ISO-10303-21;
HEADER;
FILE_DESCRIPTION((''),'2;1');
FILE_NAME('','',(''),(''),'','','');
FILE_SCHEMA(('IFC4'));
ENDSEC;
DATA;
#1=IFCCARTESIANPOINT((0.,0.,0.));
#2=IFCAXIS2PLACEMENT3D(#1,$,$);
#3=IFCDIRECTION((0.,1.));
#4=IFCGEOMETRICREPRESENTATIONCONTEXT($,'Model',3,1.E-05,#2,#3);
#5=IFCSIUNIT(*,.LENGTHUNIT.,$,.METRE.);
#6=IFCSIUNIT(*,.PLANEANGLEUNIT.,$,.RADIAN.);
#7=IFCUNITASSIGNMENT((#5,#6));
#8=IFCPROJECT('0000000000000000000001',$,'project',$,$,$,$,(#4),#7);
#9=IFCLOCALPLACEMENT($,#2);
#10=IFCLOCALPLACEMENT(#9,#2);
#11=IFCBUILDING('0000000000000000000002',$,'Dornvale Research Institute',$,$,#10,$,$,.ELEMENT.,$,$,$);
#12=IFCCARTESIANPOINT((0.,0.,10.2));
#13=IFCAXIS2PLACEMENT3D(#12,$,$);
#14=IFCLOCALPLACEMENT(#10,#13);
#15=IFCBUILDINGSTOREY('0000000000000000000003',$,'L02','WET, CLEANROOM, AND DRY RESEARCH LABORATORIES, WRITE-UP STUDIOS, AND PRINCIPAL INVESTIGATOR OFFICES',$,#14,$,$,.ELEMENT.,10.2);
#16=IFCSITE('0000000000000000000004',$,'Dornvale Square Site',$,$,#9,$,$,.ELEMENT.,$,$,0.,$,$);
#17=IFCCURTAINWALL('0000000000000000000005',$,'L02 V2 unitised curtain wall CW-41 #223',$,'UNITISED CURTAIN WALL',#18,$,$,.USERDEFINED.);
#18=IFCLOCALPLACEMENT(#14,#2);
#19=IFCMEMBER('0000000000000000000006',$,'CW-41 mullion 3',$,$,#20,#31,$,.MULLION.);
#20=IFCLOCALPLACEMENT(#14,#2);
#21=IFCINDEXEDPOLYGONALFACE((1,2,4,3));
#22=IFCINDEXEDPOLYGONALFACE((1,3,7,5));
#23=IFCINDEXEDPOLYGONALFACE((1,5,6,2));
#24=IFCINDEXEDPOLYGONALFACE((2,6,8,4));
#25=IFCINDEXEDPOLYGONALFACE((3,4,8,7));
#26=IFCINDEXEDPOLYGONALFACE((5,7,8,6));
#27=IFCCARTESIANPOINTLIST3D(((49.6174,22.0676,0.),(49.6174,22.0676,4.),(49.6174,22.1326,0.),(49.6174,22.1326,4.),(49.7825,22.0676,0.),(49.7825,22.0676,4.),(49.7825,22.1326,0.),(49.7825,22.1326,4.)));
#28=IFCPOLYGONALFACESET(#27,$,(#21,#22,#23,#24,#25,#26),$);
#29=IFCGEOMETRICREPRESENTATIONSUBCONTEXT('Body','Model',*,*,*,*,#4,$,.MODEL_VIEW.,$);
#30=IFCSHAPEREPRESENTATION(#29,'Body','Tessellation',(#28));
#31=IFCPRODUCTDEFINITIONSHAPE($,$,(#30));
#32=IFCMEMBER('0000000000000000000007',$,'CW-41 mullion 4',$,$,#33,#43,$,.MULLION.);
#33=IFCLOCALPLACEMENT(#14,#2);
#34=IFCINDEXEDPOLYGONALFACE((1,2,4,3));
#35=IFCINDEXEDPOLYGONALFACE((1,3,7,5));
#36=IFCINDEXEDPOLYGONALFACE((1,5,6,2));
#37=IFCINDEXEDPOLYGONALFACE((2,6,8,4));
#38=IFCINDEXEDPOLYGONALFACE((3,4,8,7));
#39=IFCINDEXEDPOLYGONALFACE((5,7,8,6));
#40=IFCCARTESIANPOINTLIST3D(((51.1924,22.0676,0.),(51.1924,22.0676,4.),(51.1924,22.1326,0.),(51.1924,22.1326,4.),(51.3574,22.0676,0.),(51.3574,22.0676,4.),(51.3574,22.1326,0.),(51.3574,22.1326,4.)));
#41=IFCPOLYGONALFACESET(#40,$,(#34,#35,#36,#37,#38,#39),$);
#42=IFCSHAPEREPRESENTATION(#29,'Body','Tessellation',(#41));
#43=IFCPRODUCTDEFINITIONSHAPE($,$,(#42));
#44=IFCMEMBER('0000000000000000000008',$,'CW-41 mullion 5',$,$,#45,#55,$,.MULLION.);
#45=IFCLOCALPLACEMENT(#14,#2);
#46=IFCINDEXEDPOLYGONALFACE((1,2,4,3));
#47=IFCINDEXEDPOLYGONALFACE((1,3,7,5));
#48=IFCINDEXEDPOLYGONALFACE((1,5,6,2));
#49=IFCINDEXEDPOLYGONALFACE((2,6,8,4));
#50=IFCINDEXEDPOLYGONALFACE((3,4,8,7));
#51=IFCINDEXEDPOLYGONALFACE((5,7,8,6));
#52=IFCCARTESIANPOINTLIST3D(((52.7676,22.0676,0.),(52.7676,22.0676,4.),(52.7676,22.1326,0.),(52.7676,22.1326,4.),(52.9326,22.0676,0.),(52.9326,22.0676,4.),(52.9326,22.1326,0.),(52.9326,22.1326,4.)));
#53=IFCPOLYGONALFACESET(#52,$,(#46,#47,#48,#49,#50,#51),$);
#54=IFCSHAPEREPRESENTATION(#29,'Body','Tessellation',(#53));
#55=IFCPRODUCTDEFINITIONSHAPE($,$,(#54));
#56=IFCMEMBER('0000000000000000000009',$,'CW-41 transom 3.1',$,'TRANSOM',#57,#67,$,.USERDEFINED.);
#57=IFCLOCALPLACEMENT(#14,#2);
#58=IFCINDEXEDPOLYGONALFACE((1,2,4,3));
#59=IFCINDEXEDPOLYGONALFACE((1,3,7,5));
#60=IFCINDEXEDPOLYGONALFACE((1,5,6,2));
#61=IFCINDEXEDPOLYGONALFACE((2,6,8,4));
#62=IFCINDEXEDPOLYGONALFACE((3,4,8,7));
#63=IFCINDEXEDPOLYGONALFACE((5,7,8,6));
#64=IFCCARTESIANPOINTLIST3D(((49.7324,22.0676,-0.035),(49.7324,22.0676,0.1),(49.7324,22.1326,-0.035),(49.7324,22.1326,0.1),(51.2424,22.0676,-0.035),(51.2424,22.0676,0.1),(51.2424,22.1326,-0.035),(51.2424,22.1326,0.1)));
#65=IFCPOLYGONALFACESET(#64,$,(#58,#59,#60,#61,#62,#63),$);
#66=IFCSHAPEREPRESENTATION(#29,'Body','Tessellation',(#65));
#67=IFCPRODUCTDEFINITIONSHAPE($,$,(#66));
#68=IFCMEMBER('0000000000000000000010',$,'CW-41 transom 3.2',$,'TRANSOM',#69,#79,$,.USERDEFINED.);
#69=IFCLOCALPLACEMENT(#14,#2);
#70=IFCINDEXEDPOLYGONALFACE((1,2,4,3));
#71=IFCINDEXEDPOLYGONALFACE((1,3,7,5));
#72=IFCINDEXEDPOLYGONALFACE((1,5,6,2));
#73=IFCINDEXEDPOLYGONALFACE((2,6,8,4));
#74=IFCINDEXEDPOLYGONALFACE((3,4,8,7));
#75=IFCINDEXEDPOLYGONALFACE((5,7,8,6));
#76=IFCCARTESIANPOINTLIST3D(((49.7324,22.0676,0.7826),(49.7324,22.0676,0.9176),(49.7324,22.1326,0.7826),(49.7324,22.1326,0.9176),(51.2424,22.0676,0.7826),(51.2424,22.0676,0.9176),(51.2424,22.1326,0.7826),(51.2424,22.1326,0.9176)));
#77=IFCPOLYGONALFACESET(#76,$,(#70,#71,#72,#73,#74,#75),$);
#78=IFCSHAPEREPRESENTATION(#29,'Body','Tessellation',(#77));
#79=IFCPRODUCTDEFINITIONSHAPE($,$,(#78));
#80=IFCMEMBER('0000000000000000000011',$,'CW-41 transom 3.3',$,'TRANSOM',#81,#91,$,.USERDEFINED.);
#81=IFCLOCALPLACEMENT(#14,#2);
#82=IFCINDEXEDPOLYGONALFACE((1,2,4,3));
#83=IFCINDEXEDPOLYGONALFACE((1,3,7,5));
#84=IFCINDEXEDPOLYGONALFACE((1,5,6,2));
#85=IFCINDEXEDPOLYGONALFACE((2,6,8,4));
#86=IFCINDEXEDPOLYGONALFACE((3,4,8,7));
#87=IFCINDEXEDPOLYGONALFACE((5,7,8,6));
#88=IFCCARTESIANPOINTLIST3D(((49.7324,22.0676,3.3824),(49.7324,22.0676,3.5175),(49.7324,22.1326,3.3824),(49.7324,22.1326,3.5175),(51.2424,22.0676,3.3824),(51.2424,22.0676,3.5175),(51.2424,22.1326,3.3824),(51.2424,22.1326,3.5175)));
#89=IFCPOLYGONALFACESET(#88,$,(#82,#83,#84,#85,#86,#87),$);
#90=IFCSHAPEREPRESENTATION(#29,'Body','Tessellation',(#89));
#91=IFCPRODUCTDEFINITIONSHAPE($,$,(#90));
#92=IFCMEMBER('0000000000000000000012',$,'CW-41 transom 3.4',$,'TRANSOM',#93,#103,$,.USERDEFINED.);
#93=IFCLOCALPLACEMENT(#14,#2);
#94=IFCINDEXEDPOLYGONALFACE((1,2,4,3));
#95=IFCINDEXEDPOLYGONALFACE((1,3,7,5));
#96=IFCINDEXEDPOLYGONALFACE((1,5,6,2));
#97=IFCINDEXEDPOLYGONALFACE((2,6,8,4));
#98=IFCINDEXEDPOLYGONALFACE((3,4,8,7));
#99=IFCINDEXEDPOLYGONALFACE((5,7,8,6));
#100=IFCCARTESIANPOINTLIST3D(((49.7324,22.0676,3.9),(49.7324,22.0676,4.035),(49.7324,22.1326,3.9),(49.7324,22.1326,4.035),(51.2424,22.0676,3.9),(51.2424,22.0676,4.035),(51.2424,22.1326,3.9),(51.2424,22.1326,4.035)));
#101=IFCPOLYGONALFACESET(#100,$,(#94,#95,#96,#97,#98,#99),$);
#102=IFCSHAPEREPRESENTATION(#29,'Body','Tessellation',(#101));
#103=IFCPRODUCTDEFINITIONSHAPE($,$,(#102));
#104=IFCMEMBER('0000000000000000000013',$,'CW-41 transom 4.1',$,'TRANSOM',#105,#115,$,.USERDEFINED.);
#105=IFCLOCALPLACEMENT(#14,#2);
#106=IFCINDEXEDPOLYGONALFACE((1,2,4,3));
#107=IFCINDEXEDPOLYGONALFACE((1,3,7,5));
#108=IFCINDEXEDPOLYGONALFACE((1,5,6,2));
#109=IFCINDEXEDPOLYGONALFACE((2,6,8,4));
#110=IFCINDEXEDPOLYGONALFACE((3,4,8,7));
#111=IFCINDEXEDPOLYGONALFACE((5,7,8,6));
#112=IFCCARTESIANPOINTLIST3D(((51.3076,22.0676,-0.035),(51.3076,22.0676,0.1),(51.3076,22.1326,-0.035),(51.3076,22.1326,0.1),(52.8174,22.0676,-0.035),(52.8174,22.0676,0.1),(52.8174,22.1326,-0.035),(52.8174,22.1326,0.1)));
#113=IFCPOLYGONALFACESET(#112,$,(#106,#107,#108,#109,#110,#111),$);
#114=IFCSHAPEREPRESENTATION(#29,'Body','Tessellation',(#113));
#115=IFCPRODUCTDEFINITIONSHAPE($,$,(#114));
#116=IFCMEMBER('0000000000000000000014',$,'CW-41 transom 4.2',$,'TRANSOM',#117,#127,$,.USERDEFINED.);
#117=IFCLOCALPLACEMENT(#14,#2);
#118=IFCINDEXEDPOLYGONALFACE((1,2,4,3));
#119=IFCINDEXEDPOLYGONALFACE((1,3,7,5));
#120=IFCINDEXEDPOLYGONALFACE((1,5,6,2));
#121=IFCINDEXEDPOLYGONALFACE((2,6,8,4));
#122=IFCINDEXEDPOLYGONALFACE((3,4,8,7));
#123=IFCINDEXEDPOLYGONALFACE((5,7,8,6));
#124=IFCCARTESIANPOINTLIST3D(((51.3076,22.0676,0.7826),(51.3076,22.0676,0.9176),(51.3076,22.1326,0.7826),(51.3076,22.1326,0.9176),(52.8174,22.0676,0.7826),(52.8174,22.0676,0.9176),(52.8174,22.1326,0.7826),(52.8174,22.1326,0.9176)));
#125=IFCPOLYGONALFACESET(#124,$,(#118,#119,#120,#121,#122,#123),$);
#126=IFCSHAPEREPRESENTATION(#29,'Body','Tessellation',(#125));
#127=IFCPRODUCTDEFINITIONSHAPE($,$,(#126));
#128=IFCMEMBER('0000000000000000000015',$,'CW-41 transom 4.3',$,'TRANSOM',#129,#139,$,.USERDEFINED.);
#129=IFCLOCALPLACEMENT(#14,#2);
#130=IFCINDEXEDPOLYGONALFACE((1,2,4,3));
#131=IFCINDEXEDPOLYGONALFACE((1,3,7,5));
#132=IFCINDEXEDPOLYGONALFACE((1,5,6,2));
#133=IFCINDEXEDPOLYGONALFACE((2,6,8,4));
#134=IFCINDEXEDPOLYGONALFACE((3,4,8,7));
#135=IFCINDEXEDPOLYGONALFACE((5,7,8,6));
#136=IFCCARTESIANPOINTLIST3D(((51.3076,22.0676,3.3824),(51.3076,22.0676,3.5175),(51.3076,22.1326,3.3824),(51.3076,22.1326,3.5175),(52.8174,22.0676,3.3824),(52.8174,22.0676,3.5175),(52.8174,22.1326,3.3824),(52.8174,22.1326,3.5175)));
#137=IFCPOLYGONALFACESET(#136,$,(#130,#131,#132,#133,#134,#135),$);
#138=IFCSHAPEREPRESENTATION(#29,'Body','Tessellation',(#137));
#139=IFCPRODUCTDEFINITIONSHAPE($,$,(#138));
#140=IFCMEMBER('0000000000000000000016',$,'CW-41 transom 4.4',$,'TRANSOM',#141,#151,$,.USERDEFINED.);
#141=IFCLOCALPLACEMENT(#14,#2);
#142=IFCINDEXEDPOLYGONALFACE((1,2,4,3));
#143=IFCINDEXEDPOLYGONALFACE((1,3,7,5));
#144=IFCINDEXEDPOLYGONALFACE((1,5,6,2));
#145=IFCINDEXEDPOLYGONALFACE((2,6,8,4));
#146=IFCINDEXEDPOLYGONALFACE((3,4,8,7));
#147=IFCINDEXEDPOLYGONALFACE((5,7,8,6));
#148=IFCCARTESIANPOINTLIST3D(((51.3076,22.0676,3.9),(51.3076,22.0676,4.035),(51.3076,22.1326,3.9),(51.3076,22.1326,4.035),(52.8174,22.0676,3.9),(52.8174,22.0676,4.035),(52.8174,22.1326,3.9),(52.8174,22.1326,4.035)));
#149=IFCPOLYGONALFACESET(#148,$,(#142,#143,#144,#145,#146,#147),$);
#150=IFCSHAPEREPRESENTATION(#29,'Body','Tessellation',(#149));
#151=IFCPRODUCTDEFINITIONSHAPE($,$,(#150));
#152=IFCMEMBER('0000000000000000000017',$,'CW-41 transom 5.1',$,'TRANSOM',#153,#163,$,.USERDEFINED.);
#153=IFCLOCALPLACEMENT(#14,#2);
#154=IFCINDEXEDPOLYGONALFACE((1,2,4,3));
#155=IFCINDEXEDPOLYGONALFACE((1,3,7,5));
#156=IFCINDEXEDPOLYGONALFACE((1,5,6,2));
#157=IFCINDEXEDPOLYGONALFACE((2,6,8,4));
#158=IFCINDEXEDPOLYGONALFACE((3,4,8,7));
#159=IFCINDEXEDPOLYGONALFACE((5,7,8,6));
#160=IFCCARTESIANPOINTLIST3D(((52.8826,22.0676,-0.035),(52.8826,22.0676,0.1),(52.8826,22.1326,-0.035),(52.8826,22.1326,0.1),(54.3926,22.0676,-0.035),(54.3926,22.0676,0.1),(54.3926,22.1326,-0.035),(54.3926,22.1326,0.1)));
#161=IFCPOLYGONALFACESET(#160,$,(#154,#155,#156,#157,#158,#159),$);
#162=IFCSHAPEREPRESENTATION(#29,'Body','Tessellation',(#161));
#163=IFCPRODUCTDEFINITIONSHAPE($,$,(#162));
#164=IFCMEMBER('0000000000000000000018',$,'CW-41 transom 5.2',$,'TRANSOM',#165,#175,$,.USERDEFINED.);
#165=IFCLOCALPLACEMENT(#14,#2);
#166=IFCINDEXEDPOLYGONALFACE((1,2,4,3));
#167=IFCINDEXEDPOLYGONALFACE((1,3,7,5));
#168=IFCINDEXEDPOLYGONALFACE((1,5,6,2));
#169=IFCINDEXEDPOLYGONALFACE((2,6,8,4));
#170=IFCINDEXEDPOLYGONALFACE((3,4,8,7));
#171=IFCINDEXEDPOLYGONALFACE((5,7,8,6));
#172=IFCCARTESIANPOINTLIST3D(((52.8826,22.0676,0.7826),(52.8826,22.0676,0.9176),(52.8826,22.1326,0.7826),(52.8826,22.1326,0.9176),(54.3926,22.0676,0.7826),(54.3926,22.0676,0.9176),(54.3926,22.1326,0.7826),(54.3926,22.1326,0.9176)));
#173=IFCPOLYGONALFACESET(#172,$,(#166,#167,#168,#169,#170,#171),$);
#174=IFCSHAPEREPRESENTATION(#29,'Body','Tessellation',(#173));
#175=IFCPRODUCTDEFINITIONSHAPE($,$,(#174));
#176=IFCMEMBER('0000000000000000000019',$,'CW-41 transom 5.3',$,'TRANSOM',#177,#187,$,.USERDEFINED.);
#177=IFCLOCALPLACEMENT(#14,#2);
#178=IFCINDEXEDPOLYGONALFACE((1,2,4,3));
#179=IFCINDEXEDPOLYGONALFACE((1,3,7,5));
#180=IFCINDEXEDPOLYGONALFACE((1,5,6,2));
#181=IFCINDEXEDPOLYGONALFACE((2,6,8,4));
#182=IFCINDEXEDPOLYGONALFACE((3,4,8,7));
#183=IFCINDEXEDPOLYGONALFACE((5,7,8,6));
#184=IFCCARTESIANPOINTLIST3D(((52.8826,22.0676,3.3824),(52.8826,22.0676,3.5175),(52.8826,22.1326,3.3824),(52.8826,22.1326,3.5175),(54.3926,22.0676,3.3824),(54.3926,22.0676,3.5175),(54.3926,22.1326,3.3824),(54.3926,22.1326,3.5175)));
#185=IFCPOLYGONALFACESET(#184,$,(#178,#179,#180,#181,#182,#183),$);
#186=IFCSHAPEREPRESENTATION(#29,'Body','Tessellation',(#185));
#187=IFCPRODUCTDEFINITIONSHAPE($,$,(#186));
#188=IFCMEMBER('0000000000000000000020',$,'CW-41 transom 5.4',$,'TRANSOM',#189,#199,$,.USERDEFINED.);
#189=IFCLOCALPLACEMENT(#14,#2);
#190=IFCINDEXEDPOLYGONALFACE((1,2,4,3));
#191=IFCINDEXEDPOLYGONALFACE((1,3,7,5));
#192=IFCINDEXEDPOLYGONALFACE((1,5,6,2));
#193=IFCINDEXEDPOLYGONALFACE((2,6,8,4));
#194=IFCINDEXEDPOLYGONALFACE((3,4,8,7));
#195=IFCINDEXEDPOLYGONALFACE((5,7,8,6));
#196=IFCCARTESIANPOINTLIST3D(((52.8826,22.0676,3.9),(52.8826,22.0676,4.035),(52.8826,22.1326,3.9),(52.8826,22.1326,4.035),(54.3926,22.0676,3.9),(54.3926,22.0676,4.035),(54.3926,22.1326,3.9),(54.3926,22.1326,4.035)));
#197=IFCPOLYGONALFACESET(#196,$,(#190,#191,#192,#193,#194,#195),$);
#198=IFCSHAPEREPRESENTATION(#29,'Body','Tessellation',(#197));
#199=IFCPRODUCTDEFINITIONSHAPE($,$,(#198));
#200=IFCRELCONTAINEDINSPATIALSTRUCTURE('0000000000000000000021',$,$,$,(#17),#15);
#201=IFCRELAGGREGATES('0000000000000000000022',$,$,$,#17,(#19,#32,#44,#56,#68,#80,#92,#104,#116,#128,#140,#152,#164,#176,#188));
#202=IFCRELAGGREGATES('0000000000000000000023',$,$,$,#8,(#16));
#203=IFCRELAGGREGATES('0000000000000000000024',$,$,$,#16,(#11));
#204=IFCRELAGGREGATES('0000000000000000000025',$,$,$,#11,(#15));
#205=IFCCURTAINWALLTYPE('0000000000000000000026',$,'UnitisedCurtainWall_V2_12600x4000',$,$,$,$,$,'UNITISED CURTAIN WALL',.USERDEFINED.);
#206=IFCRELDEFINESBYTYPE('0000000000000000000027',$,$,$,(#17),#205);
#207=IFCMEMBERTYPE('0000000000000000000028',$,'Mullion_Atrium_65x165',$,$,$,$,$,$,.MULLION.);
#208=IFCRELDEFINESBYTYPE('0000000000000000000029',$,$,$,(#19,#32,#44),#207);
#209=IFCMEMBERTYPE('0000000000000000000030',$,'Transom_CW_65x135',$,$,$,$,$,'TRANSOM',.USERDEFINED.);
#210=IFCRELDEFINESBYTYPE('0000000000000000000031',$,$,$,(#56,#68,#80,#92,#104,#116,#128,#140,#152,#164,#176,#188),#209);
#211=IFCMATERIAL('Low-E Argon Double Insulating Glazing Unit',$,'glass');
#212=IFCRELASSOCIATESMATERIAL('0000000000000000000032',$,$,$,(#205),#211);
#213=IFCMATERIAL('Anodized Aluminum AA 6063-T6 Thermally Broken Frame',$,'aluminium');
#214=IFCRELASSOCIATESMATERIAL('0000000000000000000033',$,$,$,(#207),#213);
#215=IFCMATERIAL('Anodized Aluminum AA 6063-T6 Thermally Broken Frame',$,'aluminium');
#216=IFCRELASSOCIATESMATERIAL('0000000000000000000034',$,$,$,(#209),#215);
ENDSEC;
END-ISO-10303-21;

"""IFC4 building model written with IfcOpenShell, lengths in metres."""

from ifc_helpers import new_model, si_unit, direction, frame, origin, origin_2d, place, context, subcontext, project, spatial, rectangle, extrude, material, material_profile, profile_set, type_object, element, aggregate, save


model = new_model("IFC4")

# Units and contexts
model_context = context("Model", 3, precision=1e-05, world=origin(), true_north=direction((0.0, 1.0)))
body_context = subcontext(model_context, "Body", "Model", "MODEL_VIEW")
ifc_project = project(units=[si_unit("LENGTHUNIT", "METRE"), si_unit("PLANEANGLEUNIT", "RADIAN")], contexts=[model_context])

# Site, building, storey
site_placement = place(None, origin())
site = spatial("IfcSite", under=ifc_project, at=site_placement, Name="Dornvale Square Site", CompositionType="ELEMENT", RefElevation=0.0)
building_placement = place(site_placement, origin())
building = spatial("IfcBuilding", under=site, at=building_placement, Name="Dornvale Research Institute", CompositionType="ELEMENT")
storey_placement = place(building_placement, frame((0.0, 0.0, 10.2)))
storey = spatial("IfcBuildingStorey", under=building, at=storey_placement, Name="L02", Description="WET, CLEANROOM, AND DRY RESEARCH LABORATORIES, WRITE-UP STUDIOS, AND PRINCIPAL INVESTIGATOR OFFICES", CompositionType="ELEMENT", Elevation=10.2)

# Curtain wall, members
ifc_material_1 = material(Name="Low-E Argon Double Insulating Glazing Unit", Category="glass")
curtain_wall_type = type_object("IfcCurtainWallType", Name="UnitisedCurtainWall_V2_12600x4000", ElementType="UNITISED CURTAIN WALL", PredefinedType="USERDEFINED", material=ifc_material_1)
curtain_wall_placement = place(storey_placement, origin())
curtain_wall = element("IfcCurtainWall", 1, at=curtain_wall_placement, inside=storey, type_object=curtain_wall_type, Name="L02 V2 unitised curtain wall CW-41 #223", ObjectType="UNITISED CURTAIN WALL", PredefinedType="USERDEFINED")
ifc_material_2 = material(Name="Anodized Aluminum AA 6063-T6 Thermally Broken Frame", Category="aluminium")
ifc_material_profile_1 = material_profile(ifc_material_2, rectangle(XDim=0.0649, YDim=0.165, at=origin_2d()), Name="ALU MULLION 65x165")
ifc_profile_set_1 = profile_set([ifc_material_profile_1], Name="Anodized Aluminum AA 6063-T6 Thermally Broken Frame")
member_type_1 = type_object("IfcMemberType", Name="Mullion_Atrium_65x165", PredefinedType="MULLION", material=ifc_profile_set_1)
member_1_placement = place(storey_placement, frame((49.7, 22.1001, 0.0), z_axis=(0.0, 0.0, 1.0), x_axis=(0.0, 1.0, 0.0)))
member_1 = element("IfcMember", 2, at=member_1_placement, type_object=member_type_1, Name="CW-41 mullion 3", PredefinedType="MULLION", context=body_context, shape_type="SweptSolid", body=[
    extrude(rectangle(XDim=0.0649, YDim=0.165, at=origin_2d()), origin(), (0.0, 0.0, 1.0), 4.0),
])
member_2_placement = place(storey_placement, frame((51.2749, 22.1001, 0.0), z_axis=(0.0, 0.0, 1.0), x_axis=(0.0, 1.0, 0.0)))
member_2 = element("IfcMember", 3, at=member_2_placement, type_object=member_type_1, Name="CW-41 mullion 4", PredefinedType="MULLION", context=body_context, shape_type="SweptSolid", body=[
    extrude(rectangle(XDim=0.0649, YDim=0.165, at=origin_2d()), origin(), (0.0, 0.0, 1.0), 4.0),
])
member_3_placement = place(storey_placement, frame((52.8501, 22.1001, 0.0), z_axis=(0.0, 0.0, 1.0), x_axis=(0.0, 1.0, 0.0)))
member_3 = element("IfcMember", 4, at=member_3_placement, type_object=member_type_1, Name="CW-41 mullion 5", PredefinedType="MULLION", context=body_context, shape_type="SweptSolid", body=[
    extrude(rectangle(XDim=0.0649, YDim=0.165, at=origin_2d()), origin(), (0.0, 0.0, 1.0), 4.0),
])
ifc_material_3 = material(Name="Anodized Aluminum AA 6063-T6 Thermally Broken Frame", Category="aluminium")
ifc_material_profile_2 = material_profile(ifc_material_3, rectangle(XDim=0.0649, YDim=0.135, at=origin_2d()), Name="ALU TRANSOM 65x135")
ifc_profile_set_2 = profile_set([ifc_material_profile_2], Name="Anodized Aluminum AA 6063-T6 Thermally Broken Frame")
member_type_2 = type_object("IfcMemberType", Name="Transom_CW_65x135", ElementType="TRANSOM", PredefinedType="USERDEFINED", material=ifc_profile_set_2)
member_4_placement = place(storey_placement, frame((49.7324, 22.1001, 0.0325), z_axis=(1.0, 0.0, 0.0), x_axis=(0.0, 1.0, 0.0)))
member_4 = element("IfcMember", 5, at=member_4_placement, type_object=member_type_2, Name="CW-41 transom 3.1", ObjectType="TRANSOM", PredefinedType="USERDEFINED", context=body_context, shape_type="SweptSolid", body=[
    extrude(rectangle(XDim=0.0649, YDim=0.135, at=origin_2d()), origin(), (0.0, 0.0, 1.0), 1.51),
])
member_5_placement = place(storey_placement, frame((49.7324, 22.1001, 0.8501), z_axis=(1.0, 0.0, 0.0), x_axis=(0.0, 1.0, 0.0)))
member_5 = element("IfcMember", 6, at=member_5_placement, type_object=member_type_2, Name="CW-41 transom 3.2", ObjectType="TRANSOM", PredefinedType="USERDEFINED", context=body_context, shape_type="SweptSolid", body=[
    extrude(rectangle(XDim=0.0649, YDim=0.135, at=origin_2d()), origin(), (0.0, 0.0, 1.0), 1.51),
])
member_6_placement = place(storey_placement, frame((49.7324, 22.1001, 3.45), z_axis=(1.0, 0.0, 0.0), x_axis=(0.0, 1.0, 0.0)))
member_6 = element("IfcMember", 7, at=member_6_placement, type_object=member_type_2, Name="CW-41 transom 3.3", ObjectType="TRANSOM", PredefinedType="USERDEFINED", context=body_context, shape_type="SweptSolid", body=[
    extrude(rectangle(XDim=0.0649, YDim=0.135, at=origin_2d()), origin(), (0.0, 0.0, 1.0), 1.51),
])
member_7_placement = place(storey_placement, frame((49.7324, 22.1001, 3.9675), z_axis=(1.0, 0.0, 0.0), x_axis=(0.0, 1.0, 0.0)))
member_7 = element("IfcMember", 8, at=member_7_placement, type_object=member_type_2, Name="CW-41 transom 3.4", ObjectType="TRANSOM", PredefinedType="USERDEFINED", context=body_context, shape_type="SweptSolid", body=[
    extrude(rectangle(XDim=0.0649, YDim=0.135, at=origin_2d()), origin(), (0.0, 0.0, 1.0), 1.51),
])
member_8_placement = place(storey_placement, frame((51.3076, 22.1001, 0.0325), z_axis=(1.0, 0.0, 0.0), x_axis=(0.0, 1.0, 0.0)))
member_8 = element("IfcMember", 9, at=member_8_placement, type_object=member_type_2, Name="CW-41 transom 4.1", ObjectType="TRANSOM", PredefinedType="USERDEFINED", context=body_context, shape_type="SweptSolid", body=[
    extrude(rectangle(XDim=0.0649, YDim=0.135, at=origin_2d()), origin(), (0.0, 0.0, 1.0), 1.5098),
])
member_9_placement = place(storey_placement, frame((51.3076, 22.1001, 0.8501), z_axis=(1.0, 0.0, 0.0), x_axis=(0.0, 1.0, 0.0)))
member_9 = element("IfcMember", 10, at=member_9_placement, type_object=member_type_2, Name="CW-41 transom 4.2", ObjectType="TRANSOM", PredefinedType="USERDEFINED", context=body_context, shape_type="SweptSolid", body=[
    extrude(rectangle(XDim=0.0649, YDim=0.135, at=origin_2d()), origin(), (0.0, 0.0, 1.0), 1.5098),
])
member_10_placement = place(storey_placement, frame((51.3076, 22.1001, 3.45), z_axis=(1.0, 0.0, 0.0), x_axis=(0.0, 1.0, 0.0)))
member_10 = element("IfcMember", 11, at=member_10_placement, type_object=member_type_2, Name="CW-41 transom 4.3", ObjectType="TRANSOM", PredefinedType="USERDEFINED", context=body_context, shape_type="SweptSolid", body=[
    extrude(rectangle(XDim=0.0649, YDim=0.135, at=origin_2d()), origin(), (0.0, 0.0, 1.0), 1.5098),
])
member_11_placement = place(storey_placement, frame((51.3076, 22.1001, 3.9675), z_axis=(1.0, 0.0, 0.0), x_axis=(0.0, 1.0, 0.0)))
member_11 = element("IfcMember", 12, at=member_11_placement, type_object=member_type_2, Name="CW-41 transom 4.4", ObjectType="TRANSOM", PredefinedType="USERDEFINED", context=body_context, shape_type="SweptSolid", body=[
    extrude(rectangle(XDim=0.0649, YDim=0.135, at=origin_2d()), origin(), (0.0, 0.0, 1.0), 1.5098),
])
member_12_placement = place(storey_placement, frame((52.8826, 22.1001, 0.0325), z_axis=(1.0, 0.0, 0.0), x_axis=(0.0, 1.0, 0.0)))
member_12 = element("IfcMember", 13, at=member_12_placement, type_object=member_type_2, Name="CW-41 transom 5.1", ObjectType="TRANSOM", PredefinedType="USERDEFINED", context=body_context, shape_type="SweptSolid", body=[
    extrude(rectangle(XDim=0.0649, YDim=0.135, at=origin_2d()), origin(), (0.0, 0.0, 1.0), 1.51),
])
member_13_placement = place(storey_placement, frame((52.8826, 22.1001, 0.8501), z_axis=(1.0, 0.0, 0.0), x_axis=(0.0, 1.0, 0.0)))
member_13 = element("IfcMember", 14, at=member_13_placement, type_object=member_type_2, Name="CW-41 transom 5.2", ObjectType="TRANSOM", PredefinedType="USERDEFINED", context=body_context, shape_type="SweptSolid", body=[
    extrude(rectangle(XDim=0.0649, YDim=0.135, at=origin_2d()), origin(), (0.0, 0.0, 1.0), 1.51),
])
member_14_placement = place(storey_placement, frame((52.8826, 22.1001, 3.45), z_axis=(1.0, 0.0, 0.0), x_axis=(0.0, 1.0, 0.0)))
member_14 = element("IfcMember", 15, at=member_14_placement, type_object=member_type_2, Name="CW-41 transom 5.3", ObjectType="TRANSOM", PredefinedType="USERDEFINED", context=body_context, shape_type="SweptSolid", body=[
    extrude(rectangle(XDim=0.0649, YDim=0.135, at=origin_2d()), origin(), (0.0, 0.0, 1.0), 1.51),
])
member_15_placement = place(storey_placement, frame((52.8826, 22.1001, 3.9675), z_axis=(1.0, 0.0, 0.0), x_axis=(0.0, 1.0, 0.0)))
member_15 = element("IfcMember", 16, at=member_15_placement, type_object=member_type_2, Name="CW-41 transom 5.4", ObjectType="TRANSOM", PredefinedType="USERDEFINED", context=body_context, shape_type="SweptSolid", body=[
    extrude(rectangle(XDim=0.0649, YDim=0.135, at=origin_2d()), origin(), (0.0, 0.0, 1.0), 1.51),
])
aggregate(curtain_wall, [member_1, member_2, member_3, member_4, member_5, member_6, member_7, member_8, member_9, member_10, member_11, member_12, member_13, member_14, member_15])

save(model, "model.ifc")
